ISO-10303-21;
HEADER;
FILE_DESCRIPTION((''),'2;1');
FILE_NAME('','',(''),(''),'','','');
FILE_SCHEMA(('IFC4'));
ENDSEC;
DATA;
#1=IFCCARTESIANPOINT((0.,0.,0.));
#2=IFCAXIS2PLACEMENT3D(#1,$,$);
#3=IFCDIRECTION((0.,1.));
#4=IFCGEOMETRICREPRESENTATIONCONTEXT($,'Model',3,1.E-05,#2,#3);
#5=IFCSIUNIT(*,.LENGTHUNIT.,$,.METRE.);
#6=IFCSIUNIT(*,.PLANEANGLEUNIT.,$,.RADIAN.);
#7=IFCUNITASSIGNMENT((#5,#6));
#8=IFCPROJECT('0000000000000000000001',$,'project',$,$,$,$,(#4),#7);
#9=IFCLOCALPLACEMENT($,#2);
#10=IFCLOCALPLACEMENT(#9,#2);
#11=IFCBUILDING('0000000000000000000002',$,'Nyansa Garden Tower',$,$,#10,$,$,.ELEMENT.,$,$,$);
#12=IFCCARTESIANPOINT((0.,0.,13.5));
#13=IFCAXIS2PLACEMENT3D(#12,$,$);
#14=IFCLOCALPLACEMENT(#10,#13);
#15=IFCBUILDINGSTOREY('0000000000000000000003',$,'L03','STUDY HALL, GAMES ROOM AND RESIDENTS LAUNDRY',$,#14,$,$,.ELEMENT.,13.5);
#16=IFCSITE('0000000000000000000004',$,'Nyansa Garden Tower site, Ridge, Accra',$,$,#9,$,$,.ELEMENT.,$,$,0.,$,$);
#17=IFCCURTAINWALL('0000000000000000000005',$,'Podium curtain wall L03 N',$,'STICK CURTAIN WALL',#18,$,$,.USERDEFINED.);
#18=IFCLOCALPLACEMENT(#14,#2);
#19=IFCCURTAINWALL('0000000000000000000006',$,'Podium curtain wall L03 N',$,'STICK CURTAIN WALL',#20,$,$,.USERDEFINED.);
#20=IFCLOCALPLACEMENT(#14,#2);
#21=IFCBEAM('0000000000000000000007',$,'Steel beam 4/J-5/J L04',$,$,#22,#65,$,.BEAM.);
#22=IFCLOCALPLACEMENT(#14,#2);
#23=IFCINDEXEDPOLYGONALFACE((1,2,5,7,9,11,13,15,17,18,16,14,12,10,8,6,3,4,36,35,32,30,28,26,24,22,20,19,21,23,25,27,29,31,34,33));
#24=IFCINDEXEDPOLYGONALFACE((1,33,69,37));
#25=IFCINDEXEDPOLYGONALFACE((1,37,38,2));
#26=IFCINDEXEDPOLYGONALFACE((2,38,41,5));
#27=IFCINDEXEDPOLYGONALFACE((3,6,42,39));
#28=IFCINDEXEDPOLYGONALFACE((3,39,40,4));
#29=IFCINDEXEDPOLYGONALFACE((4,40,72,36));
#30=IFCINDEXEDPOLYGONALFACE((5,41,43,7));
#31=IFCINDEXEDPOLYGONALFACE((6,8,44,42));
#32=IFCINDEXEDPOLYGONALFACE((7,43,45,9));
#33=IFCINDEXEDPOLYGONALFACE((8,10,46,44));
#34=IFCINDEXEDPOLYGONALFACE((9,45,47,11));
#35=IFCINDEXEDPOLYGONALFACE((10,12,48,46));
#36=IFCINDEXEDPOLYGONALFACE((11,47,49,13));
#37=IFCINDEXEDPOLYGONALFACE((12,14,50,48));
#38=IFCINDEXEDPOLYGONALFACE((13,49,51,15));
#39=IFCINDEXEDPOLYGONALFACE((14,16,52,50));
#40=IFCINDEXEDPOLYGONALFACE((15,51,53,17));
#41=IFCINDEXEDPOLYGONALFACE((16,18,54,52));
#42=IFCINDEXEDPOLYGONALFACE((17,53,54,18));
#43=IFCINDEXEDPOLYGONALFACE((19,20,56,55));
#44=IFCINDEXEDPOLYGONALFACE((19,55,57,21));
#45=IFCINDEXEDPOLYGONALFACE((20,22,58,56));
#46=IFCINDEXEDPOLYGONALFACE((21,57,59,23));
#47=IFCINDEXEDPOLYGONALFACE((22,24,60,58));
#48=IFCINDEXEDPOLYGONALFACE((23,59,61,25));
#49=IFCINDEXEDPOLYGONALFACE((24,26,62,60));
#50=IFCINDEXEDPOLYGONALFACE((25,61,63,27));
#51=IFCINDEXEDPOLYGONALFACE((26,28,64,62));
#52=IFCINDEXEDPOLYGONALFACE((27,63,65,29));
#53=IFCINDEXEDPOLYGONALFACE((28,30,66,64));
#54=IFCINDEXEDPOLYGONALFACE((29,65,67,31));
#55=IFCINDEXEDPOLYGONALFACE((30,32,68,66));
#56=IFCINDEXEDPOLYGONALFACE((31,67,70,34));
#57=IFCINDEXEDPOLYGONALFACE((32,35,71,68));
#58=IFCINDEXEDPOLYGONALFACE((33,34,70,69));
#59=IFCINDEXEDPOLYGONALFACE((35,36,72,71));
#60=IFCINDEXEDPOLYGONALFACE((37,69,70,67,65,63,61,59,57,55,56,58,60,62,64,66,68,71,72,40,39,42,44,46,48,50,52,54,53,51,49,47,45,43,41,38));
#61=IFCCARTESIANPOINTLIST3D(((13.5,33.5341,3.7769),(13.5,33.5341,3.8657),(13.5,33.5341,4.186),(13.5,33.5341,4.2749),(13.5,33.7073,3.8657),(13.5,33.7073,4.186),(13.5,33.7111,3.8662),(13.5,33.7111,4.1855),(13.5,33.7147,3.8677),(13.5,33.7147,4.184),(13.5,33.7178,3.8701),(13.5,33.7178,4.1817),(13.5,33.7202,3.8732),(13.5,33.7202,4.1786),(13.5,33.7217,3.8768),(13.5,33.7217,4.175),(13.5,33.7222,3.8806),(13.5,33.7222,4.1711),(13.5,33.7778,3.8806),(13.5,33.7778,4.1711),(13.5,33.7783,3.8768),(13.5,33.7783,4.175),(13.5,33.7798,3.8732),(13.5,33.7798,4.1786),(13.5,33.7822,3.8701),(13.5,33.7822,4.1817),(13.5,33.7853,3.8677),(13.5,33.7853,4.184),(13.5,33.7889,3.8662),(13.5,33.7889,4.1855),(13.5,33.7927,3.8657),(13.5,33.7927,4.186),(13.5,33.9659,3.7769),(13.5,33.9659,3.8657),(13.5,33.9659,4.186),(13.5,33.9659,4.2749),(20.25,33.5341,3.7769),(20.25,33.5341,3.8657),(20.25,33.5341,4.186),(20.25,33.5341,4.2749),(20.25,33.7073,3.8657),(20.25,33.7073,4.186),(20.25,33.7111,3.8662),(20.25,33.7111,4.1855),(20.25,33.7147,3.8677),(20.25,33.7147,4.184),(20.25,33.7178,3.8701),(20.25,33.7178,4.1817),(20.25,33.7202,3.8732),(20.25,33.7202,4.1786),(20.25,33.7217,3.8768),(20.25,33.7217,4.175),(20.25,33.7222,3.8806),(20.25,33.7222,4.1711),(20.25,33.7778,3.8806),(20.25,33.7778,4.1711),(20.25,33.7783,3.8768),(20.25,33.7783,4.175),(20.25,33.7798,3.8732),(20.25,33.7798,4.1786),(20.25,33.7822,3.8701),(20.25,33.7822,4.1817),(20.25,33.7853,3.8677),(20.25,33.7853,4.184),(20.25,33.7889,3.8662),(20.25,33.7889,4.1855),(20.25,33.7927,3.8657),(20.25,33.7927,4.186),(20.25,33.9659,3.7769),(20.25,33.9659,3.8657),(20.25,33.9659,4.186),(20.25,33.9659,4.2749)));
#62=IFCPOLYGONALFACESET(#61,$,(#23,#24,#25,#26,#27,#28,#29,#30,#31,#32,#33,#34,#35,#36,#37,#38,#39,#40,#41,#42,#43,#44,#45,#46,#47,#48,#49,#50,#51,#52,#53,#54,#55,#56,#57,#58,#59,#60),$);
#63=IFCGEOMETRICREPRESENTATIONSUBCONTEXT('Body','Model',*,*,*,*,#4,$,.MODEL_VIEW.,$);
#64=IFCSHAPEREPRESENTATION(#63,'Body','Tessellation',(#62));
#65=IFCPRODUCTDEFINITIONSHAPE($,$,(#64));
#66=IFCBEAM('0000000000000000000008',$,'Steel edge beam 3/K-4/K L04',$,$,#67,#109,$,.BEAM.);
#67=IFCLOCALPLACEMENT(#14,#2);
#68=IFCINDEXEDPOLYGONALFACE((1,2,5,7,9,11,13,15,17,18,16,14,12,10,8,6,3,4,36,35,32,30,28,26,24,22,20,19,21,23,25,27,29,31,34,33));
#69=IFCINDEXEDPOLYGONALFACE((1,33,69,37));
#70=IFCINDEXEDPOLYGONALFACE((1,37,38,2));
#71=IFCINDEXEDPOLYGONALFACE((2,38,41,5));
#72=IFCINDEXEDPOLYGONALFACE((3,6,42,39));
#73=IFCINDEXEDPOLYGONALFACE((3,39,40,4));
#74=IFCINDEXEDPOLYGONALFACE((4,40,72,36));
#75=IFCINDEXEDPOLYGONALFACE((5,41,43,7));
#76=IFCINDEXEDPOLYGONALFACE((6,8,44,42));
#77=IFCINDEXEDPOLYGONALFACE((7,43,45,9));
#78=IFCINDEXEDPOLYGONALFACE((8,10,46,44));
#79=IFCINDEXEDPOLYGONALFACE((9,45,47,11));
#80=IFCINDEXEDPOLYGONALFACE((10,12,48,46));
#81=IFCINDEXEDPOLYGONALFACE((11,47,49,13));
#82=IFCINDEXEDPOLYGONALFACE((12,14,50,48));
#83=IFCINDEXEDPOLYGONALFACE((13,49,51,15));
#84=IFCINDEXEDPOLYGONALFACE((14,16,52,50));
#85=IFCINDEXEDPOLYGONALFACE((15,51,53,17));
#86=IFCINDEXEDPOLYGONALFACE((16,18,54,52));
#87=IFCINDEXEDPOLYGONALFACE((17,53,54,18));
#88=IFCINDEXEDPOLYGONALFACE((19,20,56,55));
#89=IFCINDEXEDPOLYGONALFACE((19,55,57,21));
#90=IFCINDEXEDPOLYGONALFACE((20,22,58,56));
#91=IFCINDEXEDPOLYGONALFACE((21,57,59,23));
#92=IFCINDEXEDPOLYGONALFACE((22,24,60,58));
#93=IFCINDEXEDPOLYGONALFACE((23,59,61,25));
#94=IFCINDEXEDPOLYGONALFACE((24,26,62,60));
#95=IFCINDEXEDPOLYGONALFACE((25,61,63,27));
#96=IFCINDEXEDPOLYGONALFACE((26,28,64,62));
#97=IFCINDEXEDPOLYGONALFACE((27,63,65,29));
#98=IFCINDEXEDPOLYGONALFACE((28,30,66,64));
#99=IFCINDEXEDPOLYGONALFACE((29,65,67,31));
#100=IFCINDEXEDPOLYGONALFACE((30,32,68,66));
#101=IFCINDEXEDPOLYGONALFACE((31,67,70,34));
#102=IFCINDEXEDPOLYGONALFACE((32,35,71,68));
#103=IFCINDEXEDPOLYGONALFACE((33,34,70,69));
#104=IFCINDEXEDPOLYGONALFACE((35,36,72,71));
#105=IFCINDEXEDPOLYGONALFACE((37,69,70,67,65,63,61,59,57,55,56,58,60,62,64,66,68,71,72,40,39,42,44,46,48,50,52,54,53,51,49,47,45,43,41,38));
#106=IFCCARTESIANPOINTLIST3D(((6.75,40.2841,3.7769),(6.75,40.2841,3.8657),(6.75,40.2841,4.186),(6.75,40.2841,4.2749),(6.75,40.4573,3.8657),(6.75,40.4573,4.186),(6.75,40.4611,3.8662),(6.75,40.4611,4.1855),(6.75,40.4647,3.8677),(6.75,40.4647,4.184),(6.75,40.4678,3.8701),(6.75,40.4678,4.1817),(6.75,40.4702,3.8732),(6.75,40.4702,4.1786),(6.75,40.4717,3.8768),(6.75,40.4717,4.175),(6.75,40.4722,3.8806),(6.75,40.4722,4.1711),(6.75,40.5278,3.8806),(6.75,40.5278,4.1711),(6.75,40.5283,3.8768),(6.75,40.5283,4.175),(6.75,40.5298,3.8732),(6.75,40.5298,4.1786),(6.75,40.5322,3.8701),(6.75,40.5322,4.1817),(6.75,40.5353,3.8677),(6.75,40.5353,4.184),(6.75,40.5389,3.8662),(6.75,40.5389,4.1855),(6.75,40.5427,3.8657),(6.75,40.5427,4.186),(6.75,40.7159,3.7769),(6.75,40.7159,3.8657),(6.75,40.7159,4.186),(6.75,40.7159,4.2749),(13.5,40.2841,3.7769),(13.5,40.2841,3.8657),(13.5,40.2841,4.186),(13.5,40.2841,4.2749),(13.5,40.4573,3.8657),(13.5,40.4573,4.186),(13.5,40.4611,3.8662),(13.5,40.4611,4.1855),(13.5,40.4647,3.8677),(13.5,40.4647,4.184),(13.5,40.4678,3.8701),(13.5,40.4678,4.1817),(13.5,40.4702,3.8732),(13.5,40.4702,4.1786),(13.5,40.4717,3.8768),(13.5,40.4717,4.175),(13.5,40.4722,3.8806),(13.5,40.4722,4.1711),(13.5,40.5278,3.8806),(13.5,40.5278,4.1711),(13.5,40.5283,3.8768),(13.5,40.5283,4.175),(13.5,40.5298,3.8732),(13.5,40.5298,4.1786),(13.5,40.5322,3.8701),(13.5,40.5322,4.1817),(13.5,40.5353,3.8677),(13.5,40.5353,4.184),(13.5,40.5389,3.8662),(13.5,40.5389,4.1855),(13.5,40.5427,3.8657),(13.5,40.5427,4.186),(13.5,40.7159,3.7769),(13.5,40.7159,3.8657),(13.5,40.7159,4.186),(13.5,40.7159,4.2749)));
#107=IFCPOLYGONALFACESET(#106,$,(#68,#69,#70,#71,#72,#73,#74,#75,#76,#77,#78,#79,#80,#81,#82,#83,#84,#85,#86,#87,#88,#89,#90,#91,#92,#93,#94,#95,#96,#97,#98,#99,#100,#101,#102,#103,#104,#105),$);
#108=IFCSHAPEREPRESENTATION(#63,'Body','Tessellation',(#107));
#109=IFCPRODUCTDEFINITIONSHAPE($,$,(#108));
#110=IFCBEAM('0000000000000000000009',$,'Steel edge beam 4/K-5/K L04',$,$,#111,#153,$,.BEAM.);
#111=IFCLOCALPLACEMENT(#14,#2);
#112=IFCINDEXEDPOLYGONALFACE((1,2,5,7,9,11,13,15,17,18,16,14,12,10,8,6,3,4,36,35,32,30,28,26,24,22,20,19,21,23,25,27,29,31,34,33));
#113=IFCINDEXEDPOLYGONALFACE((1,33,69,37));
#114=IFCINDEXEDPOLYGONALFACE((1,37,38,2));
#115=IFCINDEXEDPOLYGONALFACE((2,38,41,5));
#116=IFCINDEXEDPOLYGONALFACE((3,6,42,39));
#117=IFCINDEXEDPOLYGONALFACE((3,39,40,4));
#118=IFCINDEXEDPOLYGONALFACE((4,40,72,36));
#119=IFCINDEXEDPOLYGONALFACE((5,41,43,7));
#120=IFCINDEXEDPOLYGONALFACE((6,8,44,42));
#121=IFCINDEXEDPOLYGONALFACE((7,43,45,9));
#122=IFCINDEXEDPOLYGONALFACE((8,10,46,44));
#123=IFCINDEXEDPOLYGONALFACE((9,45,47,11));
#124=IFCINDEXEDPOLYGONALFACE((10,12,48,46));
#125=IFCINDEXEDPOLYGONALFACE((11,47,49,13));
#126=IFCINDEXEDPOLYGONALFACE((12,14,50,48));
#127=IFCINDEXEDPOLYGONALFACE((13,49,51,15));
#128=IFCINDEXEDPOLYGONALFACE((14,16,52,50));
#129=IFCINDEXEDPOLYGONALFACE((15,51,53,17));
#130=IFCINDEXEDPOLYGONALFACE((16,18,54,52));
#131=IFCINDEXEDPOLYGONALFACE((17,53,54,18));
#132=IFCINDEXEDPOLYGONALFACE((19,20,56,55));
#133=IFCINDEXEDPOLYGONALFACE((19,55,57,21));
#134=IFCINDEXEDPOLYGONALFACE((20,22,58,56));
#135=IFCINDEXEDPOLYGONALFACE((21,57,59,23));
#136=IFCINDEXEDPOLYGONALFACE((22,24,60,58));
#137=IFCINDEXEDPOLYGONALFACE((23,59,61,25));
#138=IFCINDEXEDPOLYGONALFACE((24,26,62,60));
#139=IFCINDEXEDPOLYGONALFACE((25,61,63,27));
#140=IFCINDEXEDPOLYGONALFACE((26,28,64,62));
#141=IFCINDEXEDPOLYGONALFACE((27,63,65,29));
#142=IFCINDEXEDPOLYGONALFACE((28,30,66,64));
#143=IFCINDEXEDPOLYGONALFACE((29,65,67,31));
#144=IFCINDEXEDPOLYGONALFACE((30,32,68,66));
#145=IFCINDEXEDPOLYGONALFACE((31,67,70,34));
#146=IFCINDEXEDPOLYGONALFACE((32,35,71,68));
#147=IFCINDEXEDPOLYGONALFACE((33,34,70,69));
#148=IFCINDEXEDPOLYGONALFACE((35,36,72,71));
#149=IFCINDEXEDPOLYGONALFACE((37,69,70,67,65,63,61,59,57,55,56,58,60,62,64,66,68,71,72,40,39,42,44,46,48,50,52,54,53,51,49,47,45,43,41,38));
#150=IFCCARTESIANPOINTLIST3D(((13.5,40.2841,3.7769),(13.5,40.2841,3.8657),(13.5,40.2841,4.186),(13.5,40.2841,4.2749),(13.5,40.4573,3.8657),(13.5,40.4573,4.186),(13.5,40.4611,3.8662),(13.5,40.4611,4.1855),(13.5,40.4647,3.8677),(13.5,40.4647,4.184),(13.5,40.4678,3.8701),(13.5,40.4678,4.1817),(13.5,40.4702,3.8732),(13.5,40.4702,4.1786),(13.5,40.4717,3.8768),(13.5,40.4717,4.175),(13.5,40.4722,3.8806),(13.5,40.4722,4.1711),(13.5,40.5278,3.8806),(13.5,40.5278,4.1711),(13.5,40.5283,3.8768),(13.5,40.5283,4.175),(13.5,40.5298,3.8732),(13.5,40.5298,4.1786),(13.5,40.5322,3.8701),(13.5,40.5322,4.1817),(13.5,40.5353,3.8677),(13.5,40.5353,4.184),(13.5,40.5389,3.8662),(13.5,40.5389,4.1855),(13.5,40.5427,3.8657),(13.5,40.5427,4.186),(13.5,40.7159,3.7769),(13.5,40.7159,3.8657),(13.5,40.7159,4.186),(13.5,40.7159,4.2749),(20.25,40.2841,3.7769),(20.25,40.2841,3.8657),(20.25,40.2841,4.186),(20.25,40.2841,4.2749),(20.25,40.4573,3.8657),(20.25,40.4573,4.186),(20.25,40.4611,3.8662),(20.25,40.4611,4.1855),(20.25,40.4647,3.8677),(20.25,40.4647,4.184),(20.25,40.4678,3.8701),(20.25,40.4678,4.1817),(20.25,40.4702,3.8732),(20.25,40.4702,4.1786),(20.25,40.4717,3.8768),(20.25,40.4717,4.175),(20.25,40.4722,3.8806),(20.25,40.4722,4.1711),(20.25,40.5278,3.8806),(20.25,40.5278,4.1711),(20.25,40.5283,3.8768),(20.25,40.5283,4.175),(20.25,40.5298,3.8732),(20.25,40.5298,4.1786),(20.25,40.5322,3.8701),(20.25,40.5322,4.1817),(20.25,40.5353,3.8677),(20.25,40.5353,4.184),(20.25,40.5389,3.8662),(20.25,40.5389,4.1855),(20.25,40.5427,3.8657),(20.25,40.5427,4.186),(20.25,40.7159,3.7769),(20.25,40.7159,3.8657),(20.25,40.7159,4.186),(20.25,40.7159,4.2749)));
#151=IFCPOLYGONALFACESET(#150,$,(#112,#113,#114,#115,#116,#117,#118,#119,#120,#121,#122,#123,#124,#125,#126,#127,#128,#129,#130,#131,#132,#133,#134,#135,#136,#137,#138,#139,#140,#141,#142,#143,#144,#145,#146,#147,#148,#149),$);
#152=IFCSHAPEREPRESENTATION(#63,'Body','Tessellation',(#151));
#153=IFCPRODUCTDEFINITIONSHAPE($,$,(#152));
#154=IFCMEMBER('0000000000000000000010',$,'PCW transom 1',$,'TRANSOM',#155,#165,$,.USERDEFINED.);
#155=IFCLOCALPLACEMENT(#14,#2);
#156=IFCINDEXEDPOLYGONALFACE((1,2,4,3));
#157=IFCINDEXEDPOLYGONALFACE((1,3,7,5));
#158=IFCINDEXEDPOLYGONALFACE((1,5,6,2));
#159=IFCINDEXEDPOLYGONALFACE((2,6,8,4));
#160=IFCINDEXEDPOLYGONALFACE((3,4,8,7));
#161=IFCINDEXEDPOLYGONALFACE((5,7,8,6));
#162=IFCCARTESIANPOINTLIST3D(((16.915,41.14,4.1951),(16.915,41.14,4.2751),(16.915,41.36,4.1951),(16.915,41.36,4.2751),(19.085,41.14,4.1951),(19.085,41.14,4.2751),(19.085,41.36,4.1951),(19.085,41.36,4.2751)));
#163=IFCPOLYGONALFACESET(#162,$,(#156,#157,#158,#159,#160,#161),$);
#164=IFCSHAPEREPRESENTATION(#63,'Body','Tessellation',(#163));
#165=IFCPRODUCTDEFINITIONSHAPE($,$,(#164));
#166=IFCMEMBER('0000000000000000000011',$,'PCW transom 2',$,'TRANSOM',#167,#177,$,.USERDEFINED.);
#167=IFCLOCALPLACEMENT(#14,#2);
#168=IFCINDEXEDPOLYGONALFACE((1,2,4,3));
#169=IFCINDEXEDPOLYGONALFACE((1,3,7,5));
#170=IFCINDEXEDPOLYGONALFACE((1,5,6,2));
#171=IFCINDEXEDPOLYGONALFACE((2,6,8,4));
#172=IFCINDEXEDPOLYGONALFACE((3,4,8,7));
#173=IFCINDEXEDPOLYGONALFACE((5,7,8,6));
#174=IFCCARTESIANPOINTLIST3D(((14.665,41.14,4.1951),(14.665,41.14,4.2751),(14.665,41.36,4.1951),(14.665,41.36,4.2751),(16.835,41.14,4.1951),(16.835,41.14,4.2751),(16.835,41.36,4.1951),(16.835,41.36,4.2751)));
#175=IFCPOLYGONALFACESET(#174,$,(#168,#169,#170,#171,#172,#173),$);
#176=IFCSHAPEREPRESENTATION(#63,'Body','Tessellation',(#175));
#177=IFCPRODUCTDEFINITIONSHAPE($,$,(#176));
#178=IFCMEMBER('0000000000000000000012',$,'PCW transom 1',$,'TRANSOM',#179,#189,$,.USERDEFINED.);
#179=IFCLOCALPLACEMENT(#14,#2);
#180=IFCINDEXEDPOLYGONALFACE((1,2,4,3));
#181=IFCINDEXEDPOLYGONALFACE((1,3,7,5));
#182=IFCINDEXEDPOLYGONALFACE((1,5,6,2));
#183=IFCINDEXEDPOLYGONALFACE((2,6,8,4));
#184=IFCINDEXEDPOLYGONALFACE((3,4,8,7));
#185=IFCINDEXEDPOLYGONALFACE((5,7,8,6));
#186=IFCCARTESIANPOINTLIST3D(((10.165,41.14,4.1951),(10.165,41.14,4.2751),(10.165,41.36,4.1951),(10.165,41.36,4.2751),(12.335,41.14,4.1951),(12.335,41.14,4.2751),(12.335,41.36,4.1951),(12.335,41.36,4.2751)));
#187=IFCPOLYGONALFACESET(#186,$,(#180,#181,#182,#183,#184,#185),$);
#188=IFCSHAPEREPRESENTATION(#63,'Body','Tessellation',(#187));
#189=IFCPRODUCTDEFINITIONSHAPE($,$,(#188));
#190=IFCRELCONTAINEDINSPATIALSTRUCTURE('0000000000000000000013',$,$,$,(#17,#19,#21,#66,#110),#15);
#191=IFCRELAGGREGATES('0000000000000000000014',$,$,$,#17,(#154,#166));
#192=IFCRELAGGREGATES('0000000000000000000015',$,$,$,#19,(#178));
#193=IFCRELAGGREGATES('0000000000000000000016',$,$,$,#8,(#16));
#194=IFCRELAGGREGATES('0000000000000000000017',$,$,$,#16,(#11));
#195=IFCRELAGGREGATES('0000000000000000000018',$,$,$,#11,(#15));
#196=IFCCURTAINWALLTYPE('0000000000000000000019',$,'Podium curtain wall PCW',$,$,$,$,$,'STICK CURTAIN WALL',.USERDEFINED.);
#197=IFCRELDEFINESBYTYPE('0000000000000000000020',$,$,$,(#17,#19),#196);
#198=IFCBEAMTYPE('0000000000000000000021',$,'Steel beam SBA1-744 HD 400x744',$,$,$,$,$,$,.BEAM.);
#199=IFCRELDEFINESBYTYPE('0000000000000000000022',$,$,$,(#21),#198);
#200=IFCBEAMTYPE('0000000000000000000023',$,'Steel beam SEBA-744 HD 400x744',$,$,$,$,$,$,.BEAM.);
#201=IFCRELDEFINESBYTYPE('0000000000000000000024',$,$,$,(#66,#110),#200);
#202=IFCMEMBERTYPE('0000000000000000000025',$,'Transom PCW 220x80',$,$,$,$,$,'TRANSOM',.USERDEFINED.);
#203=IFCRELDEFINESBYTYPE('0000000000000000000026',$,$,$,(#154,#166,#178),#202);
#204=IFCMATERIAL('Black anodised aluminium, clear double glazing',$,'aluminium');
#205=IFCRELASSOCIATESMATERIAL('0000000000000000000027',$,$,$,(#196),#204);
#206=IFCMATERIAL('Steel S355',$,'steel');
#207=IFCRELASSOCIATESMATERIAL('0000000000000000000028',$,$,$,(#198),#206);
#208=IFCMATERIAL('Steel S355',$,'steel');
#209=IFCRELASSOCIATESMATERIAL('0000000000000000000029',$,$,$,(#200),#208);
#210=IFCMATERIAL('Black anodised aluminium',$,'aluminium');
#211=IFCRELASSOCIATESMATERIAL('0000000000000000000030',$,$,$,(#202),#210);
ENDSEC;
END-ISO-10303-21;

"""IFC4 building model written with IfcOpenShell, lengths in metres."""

from ifc_helpers import new_model, si_unit, direction, frame, origin, origin_2d, place, context, subcontext, project, spatial, rectangle, i_section, extrude, material, material_profile, profile_set, type_object, element, aggregate, save


model = new_model("IFC4")

# Units and contexts
model_context = context("Model", 3, precision=1e-05, world=origin(), true_north=direction((0.0, 1.0)))
body_context = subcontext(model_context, "Body", "Model", "MODEL_VIEW")
ifc_project = project(units=[si_unit("LENGTHUNIT", "METRE"), si_unit("PLANEANGLEUNIT", "RADIAN")], contexts=[model_context])

# Site, building, storey
site_placement = place(None, origin())
site = spatial("IfcSite", under=ifc_project, at=site_placement, Name="Nyansa Garden Tower site, Ridge, Accra", CompositionType="ELEMENT", RefElevation=0.0)
building_placement = place(site_placement, origin())
building = spatial("IfcBuilding", under=site, at=building_placement, Name="Nyansa Garden Tower", CompositionType="ELEMENT")
storey_placement = place(building_placement, frame((0.0, 0.0, 13.5)))
storey = spatial("IfcBuildingStorey", under=building, at=storey_placement, Name="L03", Description="STUDY HALL, GAMES ROOM AND RESIDENTS LAUNDRY", CompositionType="ELEMENT", Elevation=13.5)

# Curtain walls
ifc_material_1 = material(Name="Black anodised aluminium, clear double glazing", Category="aluminium")
curtain_wall_type = type_object("IfcCurtainWallType", Name="Podium curtain wall PCW", ElementType="STICK CURTAIN WALL", PredefinedType="USERDEFINED", material=ifc_material_1)
curtain_wall_1_placement = place(storey_placement, origin())
curtain_wall_1 = element("IfcCurtainWall", 1, at=curtain_wall_1_placement, inside=storey, type_object=curtain_wall_type, Name="Podium curtain wall L03 N", ObjectType="STICK CURTAIN WALL", PredefinedType="USERDEFINED")
curtain_wall_2_placement = place(storey_placement, origin())
curtain_wall_2 = element("IfcCurtainWall", 2, at=curtain_wall_2_placement, inside=storey, type_object=curtain_wall_type, Name="Podium curtain wall L03 N", ObjectType="STICK CURTAIN WALL", PredefinedType="USERDEFINED")

# Beams
ifc_material_2 = material(Name="Steel S355", Category="steel")
ifc_material_profile_1 = material_profile(ifc_material_2, i_section(OverallWidth=0.4319, OverallDepth=0.498, WebThickness=0.0557, FlangeThickness=0.0889, FilletRadius=0.0149, at=origin_2d()), Name="HD 400x744")
ifc_profile_set_1 = profile_set([ifc_material_profile_1], Name="Steel S355")
beam_type_1 = type_object("IfcBeamType", Name="Steel beam SBA1-744 HD 400x744", PredefinedType="BEAM", material=ifc_profile_set_1)
for number, where, z_axis, x_axis, name in (
    (3, (13.5, 33.75, 4.0259), (1.0, 0.0, 0.0), (0.0, 1.0, 0.0), "Steel beam 4/J-5/J L04"),
):
    element("IfcBeam", number, at=place(storey_placement, frame(where, z_axis=z_axis, x_axis=x_axis)), inside=storey, type_object=beam_type_1, Name=name, PredefinedType="BEAM", context=body_context, shape_type="SweptSolid", body=[
        extrude(i_section(OverallWidth=0.4319, OverallDepth=0.498, WebThickness=0.0557, FlangeThickness=0.0889, FilletRadius=0.0149, at=origin_2d()), origin(), (0.0, 0.0, 1.0), 6.75),
    ])
ifc_material_3 = material(Name="Steel S355", Category="steel")
ifc_material_profile_2 = material_profile(ifc_material_3, i_section(OverallWidth=0.4319, OverallDepth=0.498, WebThickness=0.0557, FlangeThickness=0.0889, FilletRadius=0.0149, at=origin_2d()), Name="HD 400x744")
ifc_profile_set_2 = profile_set([ifc_material_profile_2], Name="Steel S355")
beam_type_2 = type_object("IfcBeamType", Name="Steel beam SEBA-744 HD 400x744", PredefinedType="BEAM", material=ifc_profile_set_2)
for number, where, z_axis, x_axis, name in (
    (4, (6.75, 40.5, 4.0259), (1.0, 0.0, 0.0), (0.0, 1.0, 0.0), "Steel edge beam 3/K-4/K L04"),
    (5, (13.5, 40.5, 4.0259), (1.0, 0.0, 0.0), (0.0, 1.0, 0.0), "Steel edge beam 4/K-5/K L04"),
):
    element("IfcBeam", number, at=place(storey_placement, frame(where, z_axis=z_axis, x_axis=x_axis)), inside=storey, type_object=beam_type_2, Name=name, PredefinedType="BEAM", context=body_context, shape_type="SweptSolid", body=[
        extrude(i_section(OverallWidth=0.4319, OverallDepth=0.498, WebThickness=0.0557, FlangeThickness=0.0889, FilletRadius=0.0149, at=origin_2d()), origin(), (0.0, 0.0, 1.0), 6.75),
    ])

# Members
ifc_material_4 = material(Name="Black anodised aluminium", Category="aluminium")
ifc_material_profile_3 = material_profile(ifc_material_4, rectangle(XDim=0.22, YDim=0.0801, at=origin_2d()), Name="Transom 220x80")
ifc_profile_set_3 = profile_set([ifc_material_profile_3], Name="Black anodised aluminium")
member_type_1 = type_object("IfcMemberType", Name="Transom PCW 220x80", ElementType="TRANSOM", PredefinedType="USERDEFINED", material=ifc_profile_set_3)
member_1_placement = place(storey_placement, frame((19.085, 41.25, 4.2351), z_axis=(-1.0, 0.0, 0.0), x_axis=(0.0, -1.0, 0.0)))
member_1 = element("IfcMember", 6, at=member_1_placement, type_object=member_type_1, Name="PCW transom 1", ObjectType="TRANSOM", PredefinedType="USERDEFINED", context=body_context, shape_type="SweptSolid", body=[
    extrude(rectangle(XDim=0.22, YDim=0.0801, at=origin_2d()), origin(), (0.0, 0.0, 1.0), 2.1699),
])
member_2_placement = place(storey_placement, frame((16.835, 41.25, 4.2351), z_axis=(-1.0, 0.0, 0.0), x_axis=(0.0, -1.0, 0.0)))
member_2 = element("IfcMember", 7, at=member_2_placement, type_object=member_type_1, Name="PCW transom 2", ObjectType="TRANSOM", PredefinedType="USERDEFINED", context=body_context, shape_type="SweptSolid", body=[
    extrude(rectangle(XDim=0.22, YDim=0.0801, at=origin_2d()), origin(), (0.0, 0.0, 1.0), 2.1699),
])
member_3_placement = place(storey_placement, frame((12.335, 41.25, 4.2351), z_axis=(-1.0, 0.0, 0.0), x_axis=(0.0, -1.0, 0.0)))
member_3 = element("IfcMember", 8, at=member_3_placement, type_object=member_type_1, Name="PCW transom 1", ObjectType="TRANSOM", PredefinedType="USERDEFINED", context=body_context, shape_type="SweptSolid", body=[
    extrude(rectangle(XDim=0.22, YDim=0.0801, at=origin_2d()), origin(), (0.0, 0.0, 1.0), 2.1699),
])

aggregate(curtain_wall_1, [member_1, member_2])
aggregate(curtain_wall_2, [member_3])

save(model, "model.ifc")
